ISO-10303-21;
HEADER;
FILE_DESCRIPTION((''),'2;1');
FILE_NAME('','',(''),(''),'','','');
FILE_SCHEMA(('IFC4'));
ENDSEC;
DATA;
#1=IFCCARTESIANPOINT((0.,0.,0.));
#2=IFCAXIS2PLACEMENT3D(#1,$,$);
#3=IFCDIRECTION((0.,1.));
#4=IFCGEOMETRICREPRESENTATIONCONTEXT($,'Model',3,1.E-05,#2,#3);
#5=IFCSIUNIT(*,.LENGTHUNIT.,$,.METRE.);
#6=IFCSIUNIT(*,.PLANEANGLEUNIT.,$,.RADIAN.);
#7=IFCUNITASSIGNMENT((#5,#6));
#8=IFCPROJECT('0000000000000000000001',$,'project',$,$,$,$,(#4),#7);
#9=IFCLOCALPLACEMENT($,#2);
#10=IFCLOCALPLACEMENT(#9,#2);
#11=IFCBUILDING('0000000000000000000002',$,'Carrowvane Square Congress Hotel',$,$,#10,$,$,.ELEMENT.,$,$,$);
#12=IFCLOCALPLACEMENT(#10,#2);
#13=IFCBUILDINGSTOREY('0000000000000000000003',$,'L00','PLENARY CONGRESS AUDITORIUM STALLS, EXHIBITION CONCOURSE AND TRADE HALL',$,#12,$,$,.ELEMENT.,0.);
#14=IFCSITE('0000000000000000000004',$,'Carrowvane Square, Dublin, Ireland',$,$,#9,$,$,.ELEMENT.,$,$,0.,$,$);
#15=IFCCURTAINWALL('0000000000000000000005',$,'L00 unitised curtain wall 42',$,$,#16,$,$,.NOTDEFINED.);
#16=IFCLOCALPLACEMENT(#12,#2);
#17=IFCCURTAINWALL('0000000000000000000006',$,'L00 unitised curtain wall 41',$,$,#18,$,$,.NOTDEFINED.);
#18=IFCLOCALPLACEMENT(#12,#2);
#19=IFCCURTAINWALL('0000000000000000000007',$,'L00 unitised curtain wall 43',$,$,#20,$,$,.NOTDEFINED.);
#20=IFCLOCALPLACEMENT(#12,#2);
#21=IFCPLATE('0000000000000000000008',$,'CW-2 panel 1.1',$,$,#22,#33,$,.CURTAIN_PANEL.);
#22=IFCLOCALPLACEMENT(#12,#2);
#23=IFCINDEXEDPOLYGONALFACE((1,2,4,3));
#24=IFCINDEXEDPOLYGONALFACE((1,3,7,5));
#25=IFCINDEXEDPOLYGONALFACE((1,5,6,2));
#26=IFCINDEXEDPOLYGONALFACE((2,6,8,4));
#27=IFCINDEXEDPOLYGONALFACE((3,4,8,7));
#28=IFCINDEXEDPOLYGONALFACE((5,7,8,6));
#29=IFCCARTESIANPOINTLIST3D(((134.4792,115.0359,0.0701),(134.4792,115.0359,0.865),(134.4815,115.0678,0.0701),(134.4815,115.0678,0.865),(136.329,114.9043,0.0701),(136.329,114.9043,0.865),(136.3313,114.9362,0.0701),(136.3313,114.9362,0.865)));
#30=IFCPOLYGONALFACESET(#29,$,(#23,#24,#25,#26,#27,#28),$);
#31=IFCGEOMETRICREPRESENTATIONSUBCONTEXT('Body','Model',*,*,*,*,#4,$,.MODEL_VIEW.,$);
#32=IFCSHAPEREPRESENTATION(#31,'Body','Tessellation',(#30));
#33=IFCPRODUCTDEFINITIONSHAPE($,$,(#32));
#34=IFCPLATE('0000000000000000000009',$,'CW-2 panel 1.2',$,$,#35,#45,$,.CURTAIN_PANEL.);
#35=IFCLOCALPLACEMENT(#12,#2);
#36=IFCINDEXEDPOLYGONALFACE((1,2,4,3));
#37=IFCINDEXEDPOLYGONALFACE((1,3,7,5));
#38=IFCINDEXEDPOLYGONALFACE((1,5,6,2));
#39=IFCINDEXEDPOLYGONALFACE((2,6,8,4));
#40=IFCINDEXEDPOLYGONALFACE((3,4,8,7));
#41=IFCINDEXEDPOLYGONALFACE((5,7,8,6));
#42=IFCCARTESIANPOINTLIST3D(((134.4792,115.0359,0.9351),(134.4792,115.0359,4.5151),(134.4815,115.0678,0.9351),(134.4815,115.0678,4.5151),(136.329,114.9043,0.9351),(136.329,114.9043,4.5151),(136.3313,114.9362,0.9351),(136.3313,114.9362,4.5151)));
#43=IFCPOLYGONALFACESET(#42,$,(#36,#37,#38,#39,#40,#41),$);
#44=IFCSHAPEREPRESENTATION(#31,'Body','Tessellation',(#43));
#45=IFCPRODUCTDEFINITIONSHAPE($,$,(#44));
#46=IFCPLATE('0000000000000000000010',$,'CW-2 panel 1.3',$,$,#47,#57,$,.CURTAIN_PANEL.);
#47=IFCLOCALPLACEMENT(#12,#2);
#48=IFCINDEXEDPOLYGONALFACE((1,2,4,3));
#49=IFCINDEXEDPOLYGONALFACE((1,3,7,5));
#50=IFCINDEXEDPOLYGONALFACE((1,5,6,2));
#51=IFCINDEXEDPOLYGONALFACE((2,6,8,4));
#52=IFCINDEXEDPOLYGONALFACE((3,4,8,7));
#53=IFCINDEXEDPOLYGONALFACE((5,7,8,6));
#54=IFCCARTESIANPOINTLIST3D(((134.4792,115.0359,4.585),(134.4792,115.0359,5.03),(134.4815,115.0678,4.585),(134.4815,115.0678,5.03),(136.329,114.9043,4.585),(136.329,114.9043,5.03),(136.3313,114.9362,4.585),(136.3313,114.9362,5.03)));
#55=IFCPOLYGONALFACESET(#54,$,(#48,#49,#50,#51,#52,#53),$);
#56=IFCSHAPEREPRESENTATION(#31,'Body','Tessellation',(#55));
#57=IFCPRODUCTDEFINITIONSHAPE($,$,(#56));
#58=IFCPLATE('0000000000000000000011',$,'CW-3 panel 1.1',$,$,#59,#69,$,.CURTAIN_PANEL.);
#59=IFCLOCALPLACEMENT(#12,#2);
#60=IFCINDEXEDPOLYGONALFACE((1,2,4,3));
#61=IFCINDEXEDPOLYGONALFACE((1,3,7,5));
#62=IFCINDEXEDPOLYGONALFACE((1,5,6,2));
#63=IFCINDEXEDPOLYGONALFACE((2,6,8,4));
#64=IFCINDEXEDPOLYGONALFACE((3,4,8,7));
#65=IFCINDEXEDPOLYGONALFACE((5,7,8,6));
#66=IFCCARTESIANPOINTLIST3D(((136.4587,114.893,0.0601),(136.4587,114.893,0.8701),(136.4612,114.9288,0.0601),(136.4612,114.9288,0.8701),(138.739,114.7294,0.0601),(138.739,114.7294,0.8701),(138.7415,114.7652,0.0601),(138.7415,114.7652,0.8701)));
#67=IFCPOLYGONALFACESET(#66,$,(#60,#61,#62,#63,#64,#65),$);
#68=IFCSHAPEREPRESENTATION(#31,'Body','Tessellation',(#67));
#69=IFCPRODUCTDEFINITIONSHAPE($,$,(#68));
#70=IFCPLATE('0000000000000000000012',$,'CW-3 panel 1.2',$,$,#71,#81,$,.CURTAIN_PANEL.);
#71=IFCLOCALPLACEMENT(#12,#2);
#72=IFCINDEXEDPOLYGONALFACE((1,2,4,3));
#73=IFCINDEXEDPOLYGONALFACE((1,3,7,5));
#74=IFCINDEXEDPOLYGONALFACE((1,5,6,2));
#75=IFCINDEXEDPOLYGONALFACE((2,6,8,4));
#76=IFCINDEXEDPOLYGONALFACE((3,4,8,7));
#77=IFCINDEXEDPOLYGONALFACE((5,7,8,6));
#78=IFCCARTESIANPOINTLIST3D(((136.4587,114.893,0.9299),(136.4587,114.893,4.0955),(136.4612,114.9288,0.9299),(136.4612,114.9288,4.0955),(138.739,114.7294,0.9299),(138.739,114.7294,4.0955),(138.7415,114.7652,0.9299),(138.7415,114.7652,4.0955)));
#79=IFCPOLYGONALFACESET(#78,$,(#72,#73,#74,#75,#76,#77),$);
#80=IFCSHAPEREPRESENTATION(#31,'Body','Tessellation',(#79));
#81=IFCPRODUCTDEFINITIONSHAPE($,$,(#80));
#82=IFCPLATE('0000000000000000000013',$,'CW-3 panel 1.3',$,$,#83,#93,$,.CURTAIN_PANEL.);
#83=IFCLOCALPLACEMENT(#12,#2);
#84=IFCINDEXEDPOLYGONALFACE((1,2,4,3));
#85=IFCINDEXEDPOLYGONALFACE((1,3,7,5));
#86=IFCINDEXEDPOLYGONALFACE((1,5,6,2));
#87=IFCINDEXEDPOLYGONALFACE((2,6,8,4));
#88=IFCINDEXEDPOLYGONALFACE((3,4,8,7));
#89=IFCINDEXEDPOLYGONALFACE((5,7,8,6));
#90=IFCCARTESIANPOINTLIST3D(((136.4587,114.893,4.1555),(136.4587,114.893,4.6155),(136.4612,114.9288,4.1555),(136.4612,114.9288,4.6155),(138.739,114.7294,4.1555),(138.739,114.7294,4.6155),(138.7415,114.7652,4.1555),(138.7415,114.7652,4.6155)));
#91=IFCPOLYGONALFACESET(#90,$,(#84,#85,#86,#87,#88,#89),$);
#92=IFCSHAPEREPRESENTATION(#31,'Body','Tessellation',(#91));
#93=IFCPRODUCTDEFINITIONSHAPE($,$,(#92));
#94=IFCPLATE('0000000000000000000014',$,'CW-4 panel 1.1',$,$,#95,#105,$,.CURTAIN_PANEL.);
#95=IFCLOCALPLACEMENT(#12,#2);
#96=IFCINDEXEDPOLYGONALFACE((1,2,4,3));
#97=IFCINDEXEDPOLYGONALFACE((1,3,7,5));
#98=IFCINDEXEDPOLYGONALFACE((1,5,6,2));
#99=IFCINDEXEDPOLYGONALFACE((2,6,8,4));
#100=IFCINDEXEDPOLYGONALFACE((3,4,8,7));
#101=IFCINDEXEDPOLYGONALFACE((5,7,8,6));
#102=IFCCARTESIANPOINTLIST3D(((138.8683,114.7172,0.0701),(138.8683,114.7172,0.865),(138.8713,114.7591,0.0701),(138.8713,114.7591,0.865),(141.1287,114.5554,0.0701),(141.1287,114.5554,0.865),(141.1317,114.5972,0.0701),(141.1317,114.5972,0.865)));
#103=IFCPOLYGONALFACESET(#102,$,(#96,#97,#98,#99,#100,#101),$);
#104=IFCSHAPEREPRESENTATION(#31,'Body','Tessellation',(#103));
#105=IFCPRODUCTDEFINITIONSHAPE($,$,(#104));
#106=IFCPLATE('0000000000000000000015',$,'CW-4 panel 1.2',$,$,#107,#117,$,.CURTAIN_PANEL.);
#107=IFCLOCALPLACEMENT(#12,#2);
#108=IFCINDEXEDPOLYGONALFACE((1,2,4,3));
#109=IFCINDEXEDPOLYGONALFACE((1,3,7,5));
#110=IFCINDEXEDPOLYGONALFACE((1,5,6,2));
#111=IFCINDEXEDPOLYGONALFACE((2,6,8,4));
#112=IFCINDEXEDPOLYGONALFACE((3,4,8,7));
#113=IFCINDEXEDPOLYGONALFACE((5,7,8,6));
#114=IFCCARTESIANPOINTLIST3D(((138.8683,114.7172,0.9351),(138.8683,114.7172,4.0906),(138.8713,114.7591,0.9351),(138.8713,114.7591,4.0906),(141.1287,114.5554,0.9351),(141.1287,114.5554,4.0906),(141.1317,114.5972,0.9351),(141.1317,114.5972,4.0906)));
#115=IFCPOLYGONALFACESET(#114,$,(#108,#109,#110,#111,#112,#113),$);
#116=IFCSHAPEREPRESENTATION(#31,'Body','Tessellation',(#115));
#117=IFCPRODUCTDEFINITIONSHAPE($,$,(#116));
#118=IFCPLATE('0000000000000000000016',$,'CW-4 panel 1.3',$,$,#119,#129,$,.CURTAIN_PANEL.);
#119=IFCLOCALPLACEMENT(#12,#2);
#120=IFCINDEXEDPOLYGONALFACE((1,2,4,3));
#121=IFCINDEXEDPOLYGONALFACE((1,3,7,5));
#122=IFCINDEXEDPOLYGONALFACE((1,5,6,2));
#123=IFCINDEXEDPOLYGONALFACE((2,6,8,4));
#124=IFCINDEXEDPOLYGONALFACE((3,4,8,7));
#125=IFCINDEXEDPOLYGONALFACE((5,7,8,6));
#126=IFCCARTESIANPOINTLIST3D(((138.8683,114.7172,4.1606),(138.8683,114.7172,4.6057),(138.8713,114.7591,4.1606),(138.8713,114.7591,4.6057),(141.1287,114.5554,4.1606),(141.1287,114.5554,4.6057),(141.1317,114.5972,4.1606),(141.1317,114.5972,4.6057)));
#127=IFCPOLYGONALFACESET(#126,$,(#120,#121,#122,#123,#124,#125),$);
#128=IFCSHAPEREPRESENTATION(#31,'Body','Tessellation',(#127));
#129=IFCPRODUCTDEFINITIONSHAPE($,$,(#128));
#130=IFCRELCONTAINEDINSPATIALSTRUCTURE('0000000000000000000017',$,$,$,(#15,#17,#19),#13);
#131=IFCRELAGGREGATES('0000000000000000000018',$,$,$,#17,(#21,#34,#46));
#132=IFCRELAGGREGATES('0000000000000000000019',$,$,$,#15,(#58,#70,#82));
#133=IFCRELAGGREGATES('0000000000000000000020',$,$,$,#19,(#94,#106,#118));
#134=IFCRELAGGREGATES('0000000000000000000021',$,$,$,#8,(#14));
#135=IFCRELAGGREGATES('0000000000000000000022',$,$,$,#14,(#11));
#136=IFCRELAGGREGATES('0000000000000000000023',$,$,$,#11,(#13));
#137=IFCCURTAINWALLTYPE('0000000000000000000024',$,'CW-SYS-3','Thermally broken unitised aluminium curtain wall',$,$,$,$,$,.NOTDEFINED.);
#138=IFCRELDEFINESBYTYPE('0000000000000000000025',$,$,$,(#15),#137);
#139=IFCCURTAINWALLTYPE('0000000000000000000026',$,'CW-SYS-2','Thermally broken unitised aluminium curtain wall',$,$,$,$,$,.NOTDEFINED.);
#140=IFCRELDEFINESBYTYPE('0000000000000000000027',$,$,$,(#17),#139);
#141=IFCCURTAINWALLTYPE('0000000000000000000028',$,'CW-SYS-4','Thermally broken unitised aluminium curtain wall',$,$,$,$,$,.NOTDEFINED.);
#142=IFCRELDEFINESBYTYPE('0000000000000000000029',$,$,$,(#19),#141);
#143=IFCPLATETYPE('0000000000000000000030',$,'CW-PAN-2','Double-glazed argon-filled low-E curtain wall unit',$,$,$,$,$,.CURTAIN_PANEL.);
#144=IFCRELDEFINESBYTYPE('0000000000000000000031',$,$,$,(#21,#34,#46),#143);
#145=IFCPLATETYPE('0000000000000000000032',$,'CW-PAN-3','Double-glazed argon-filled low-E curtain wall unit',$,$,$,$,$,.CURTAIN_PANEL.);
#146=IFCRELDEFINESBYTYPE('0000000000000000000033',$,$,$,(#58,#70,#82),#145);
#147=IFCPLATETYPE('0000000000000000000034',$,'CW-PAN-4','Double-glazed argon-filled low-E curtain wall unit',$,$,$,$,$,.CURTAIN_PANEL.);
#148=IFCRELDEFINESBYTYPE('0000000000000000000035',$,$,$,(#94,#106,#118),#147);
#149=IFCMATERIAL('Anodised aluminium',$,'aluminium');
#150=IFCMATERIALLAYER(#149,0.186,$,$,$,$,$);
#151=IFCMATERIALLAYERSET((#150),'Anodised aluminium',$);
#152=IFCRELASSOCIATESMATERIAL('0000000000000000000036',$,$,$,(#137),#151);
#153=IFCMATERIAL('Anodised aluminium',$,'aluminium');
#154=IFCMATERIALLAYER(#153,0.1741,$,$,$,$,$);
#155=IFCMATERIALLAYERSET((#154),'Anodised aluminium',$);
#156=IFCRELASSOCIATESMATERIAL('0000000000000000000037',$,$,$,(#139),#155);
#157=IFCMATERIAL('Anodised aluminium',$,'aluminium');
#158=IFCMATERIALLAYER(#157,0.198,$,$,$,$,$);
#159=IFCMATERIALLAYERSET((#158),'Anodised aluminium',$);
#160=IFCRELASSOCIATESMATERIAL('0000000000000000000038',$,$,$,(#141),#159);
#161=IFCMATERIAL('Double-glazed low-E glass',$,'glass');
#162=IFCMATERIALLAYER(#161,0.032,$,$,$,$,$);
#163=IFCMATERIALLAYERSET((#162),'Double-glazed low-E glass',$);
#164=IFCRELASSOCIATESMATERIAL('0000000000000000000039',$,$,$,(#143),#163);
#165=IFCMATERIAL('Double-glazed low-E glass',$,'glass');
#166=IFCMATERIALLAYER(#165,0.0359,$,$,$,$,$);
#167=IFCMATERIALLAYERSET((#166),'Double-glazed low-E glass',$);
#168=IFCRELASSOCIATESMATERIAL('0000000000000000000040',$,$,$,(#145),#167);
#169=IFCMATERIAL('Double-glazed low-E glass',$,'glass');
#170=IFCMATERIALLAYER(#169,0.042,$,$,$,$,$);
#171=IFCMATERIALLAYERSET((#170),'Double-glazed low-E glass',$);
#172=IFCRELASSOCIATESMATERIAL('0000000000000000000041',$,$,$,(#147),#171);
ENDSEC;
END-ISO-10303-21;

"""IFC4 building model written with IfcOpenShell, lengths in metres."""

from ifc_helpers import new_model, si_unit, direction, frame, origin, origin_2d, place, context, subcontext, project, spatial, rectangle, extrude, material, layer, layer_set, type_object, element, aggregate, save


model = new_model("IFC4")

# Units and contexts
model_context = context("Model", 3, precision=1e-05, world=origin(), true_north=direction((0.0, 1.0)))
body_context = subcontext(model_context, "Body", "Model", "MODEL_VIEW")
ifc_project = project(units=[si_unit("LENGTHUNIT", "METRE"), si_unit("PLANEANGLEUNIT", "RADIAN")], contexts=[model_context])

# Site, building, storey
site_placement = place(None, origin())
site = spatial("IfcSite", under=ifc_project, at=site_placement, Name="Carrowvane Square, Dublin, Ireland", CompositionType="ELEMENT", RefElevation=0.0)
building_placement = place(site_placement, origin())
building = spatial("IfcBuilding", under=site, at=building_placement, Name="Carrowvane Square Congress Hotel", CompositionType="ELEMENT")
storey_placement = place(building_placement, origin())
storey = spatial("IfcBuildingStorey", under=building, at=storey_placement, Name="L00", Description="PLENARY CONGRESS AUDITORIUM STALLS, EXHIBITION CONCOURSE AND TRADE HALL", CompositionType="ELEMENT", Elevation=0.0)

# Curtain wall
ifc_material_1 = material(Name="Anodised aluminium", Category="aluminium")
ifc_layer_1 = layer(ifc_material_1, 0.186)
ifc_layer_set_1 = layer_set([ifc_layer_1], Name="Anodised aluminium")
curtain_wall_type_1 = type_object("IfcCurtainWallType", Name="CW-SYS-3", Description="Thermally broken unitised aluminium curtain wall", PredefinedType="NOTDEFINED", material=ifc_layer_set_1)
curtain_wall_1_placement = place(storey_placement, origin())
curtain_wall_1 = element("IfcCurtainWall", 1, at=curtain_wall_1_placement, inside=storey, type_object=curtain_wall_type_1, Name="L00 unitised curtain wall 42", PredefinedType="NOTDEFINED")

# Curtain walls
ifc_material_2 = material(Name="Anodised aluminium", Category="aluminium")
ifc_layer_2 = layer(ifc_material_2, 0.1741)
ifc_layer_set_2 = layer_set([ifc_layer_2], Name="Anodised aluminium")
curtain_wall_type_2 = type_object("IfcCurtainWallType", Name="CW-SYS-2", Description="Thermally broken unitised aluminium curtain wall", PredefinedType="NOTDEFINED", material=ifc_layer_set_2)
curtain_wall_2_placement = place(storey_placement, origin())
curtain_wall_2 = element("IfcCurtainWall", 2, at=curtain_wall_2_placement, inside=storey, type_object=curtain_wall_type_2, Name="L00 unitised curtain wall 41", PredefinedType="NOTDEFINED")
ifc_material_3 = material(Name="Anodised aluminium", Category="aluminium")
ifc_layer_3 = layer(ifc_material_3, 0.198)
ifc_layer_set_3 = layer_set([ifc_layer_3], Name="Anodised aluminium")
curtain_wall_type_3 = type_object("IfcCurtainWallType", Name="CW-SYS-4", Description="Thermally broken unitised aluminium curtain wall", PredefinedType="NOTDEFINED", material=ifc_layer_set_3)
curtain_wall_3_placement = place(storey_placement, origin())
curtain_wall_3 = element("IfcCurtainWall", 3, at=curtain_wall_3_placement, inside=storey, type_object=curtain_wall_type_3, Name="L00 unitised curtain wall 43", PredefinedType="NOTDEFINED")

# Plates
ifc_material_4 = material(Name="Double-glazed low-E glass", Category="glass")
ifc_layer_4 = layer(ifc_material_4, 0.032)
ifc_layer_set_4 = layer_set([ifc_layer_4], Name="Double-glazed low-E glass")
plate_type_1 = type_object("IfcPlateType", Name="CW-PAN-2", Description="Double-glazed argon-filled low-E curtain wall unit", PredefinedType="CURTAIN_PANEL", material=ifc_layer_set_4)
plate_1_placement = place(storey_placement, frame((135.4053, 114.9861, 0.0701), z_axis=(0.0, 0.0, 1.0), x_axis=(0.997479, -0.07096, 0.0)))
plate_1 = element("IfcPlate", 4, at=plate_1_placement, type_object=plate_type_1, Name="CW-2 panel 1.1", PredefinedType="CURTAIN_PANEL", context=body_context, shape_type="SweptSolid", body=[
    extrude(rectangle(XDim=1.8545, YDim=0.032, at=origin_2d()), origin(), (0.0, 0.0, 1.0), 0.7949),
])
plate_2_placement = place(storey_placement, frame((135.4053, 114.9861, 0.9351), z_axis=(0.0, 0.0, 1.0), x_axis=(0.997479, -0.07096, 0.0)))
plate_2 = element("IfcPlate", 5, at=plate_2_placement, type_object=plate_type_1, Name="CW-2 panel 1.2", PredefinedType="CURTAIN_PANEL", context=body_context, shape_type="SweptSolid", body=[
    extrude(rectangle(XDim=1.8545, YDim=0.032, at=origin_2d()), origin(), (0.0, 0.0, 1.0), 3.5801),
])
plate_3_placement = place(storey_placement, frame((135.4053, 114.9861, 4.585), z_axis=(0.0, 0.0, 1.0), x_axis=(0.997479, -0.07096, 0.0)))
plate_3 = element("IfcPlate", 6, at=plate_3_placement, type_object=plate_type_1, Name="CW-2 panel 1.3", PredefinedType="CURTAIN_PANEL", context=body_context, shape_type="SweptSolid", body=[
    extrude(rectangle(XDim=1.8545, YDim=0.032, at=origin_2d()), origin(), (0.0, 0.0, 1.0), 0.4451),
])
aggregate(curtain_wall_2, [plate_1, plate_2, plate_3])
ifc_material_5 = material(Name="Double-glazed low-E glass", Category="glass")
ifc_layer_5 = layer(ifc_material_5, 0.0359)
ifc_layer_set_5 = layer_set([ifc_layer_5], Name="Double-glazed low-E glass")
plate_type_2 = type_object("IfcPlateType", Name="CW-PAN-3", Description="Double-glazed argon-filled low-E curtain wall unit", PredefinedType="CURTAIN_PANEL", material=ifc_layer_set_5)
plate_4_placement = place(storey_placement, frame((137.6001, 114.8291, 0.0601), z_axis=(0.0, 0.0, 1.0), x_axis=(0.997438, -0.071532, 0.0)))
plate_4 = element("IfcPlate", 7, at=plate_4_placement, type_object=plate_type_2, Name="CW-3 panel 1.1", PredefinedType="CURTAIN_PANEL", context=body_context, shape_type="SweptSolid", body=[
    extrude(rectangle(XDim=2.2861, YDim=0.0359, at=origin_2d()), origin(), (0.0, 0.0, 1.0), 0.8101),
])
plate_5_placement = place(storey_placement, frame((137.6001, 114.8291, 0.9299), z_axis=(0.0, 0.0, 1.0), x_axis=(0.997438, -0.071532, 0.0)))
plate_5 = element("IfcPlate", 8, at=plate_5_placement, type_object=plate_type_2, Name="CW-3 panel 1.2", PredefinedType="CURTAIN_PANEL", context=body_context, shape_type="SweptSolid", body=[
    extrude(rectangle(XDim=2.2861, YDim=0.0359, at=origin_2d()), origin(), (0.0, 0.0, 1.0), 3.1655),
])
plate_6_placement = place(storey_placement, frame((137.6001, 114.8291, 4.1555), z_axis=(0.0, 0.0, 1.0), x_axis=(0.997438, -0.071532, 0.0)))
plate_6 = element("IfcPlate", 9, at=plate_6_placement, type_object=plate_type_2, Name="CW-3 panel 1.3", PredefinedType="CURTAIN_PANEL", context=body_context, shape_type="SweptSolid", body=[
    extrude(rectangle(XDim=2.2861, YDim=0.0359, at=origin_2d()), origin(), (0.0, 0.0, 1.0), 0.46),
])
aggregate(curtain_wall_1, [plate_4, plate_5, plate_6])
ifc_material_6 = material(Name="Double-glazed low-E glass", Category="glass")
ifc_layer_6 = layer(ifc_material_6, 0.042)
ifc_layer_set_6 = layer_set([ifc_layer_6], Name="Double-glazed low-E glass")
plate_type_3 = type_object("IfcPlateType", Name="CW-PAN-4", Description="Double-glazed argon-filled low-E curtain wall unit", PredefinedType="CURTAIN_PANEL", material=ifc_layer_set_6)
plate_7_placement = place(storey_placement, frame((140.0, 114.6572, 0.0701), z_axis=(0.0, 0.0, 1.0), x_axis=(0.997446, -0.071422, 0.0)))
plate_7 = element("IfcPlate", 10, at=plate_7_placement, type_object=plate_type_3, Name="CW-4 panel 1.1", PredefinedType="CURTAIN_PANEL", context=body_context, shape_type="SweptSolid", body=[
    extrude(rectangle(XDim=2.2661, YDim=0.042, at=origin_2d()), origin(), (0.0, 0.0, 1.0), 0.7949),
])
plate_8_placement = place(storey_placement, frame((140.0, 114.6572, 0.9351), z_axis=(0.0, 0.0, 1.0), x_axis=(0.997446, -0.071422, 0.0)))
plate_8 = element("IfcPlate", 11, at=plate_8_placement, type_object=plate_type_3, Name="CW-4 panel 1.2", PredefinedType="CURTAIN_PANEL", context=body_context, shape_type="SweptSolid", body=[
    extrude(rectangle(XDim=2.2661, YDim=0.042, at=origin_2d()), origin(), (0.0, 0.0, 1.0), 3.1555),
])
plate_9_placement = place(storey_placement, frame((140.0, 114.6572, 4.1606), z_axis=(0.0, 0.0, 1.0), x_axis=(0.997446, -0.071422, 0.0)))
plate_9 = element("IfcPlate", 12, at=plate_9_placement, type_object=plate_type_3, Name="CW-4 panel 1.3", PredefinedType="CURTAIN_PANEL", context=body_context, shape_type="SweptSolid", body=[
    extrude(rectangle(XDim=2.2661, YDim=0.042, at=origin_2d()), origin(), (0.0, 0.0, 1.0), 0.4451),
])
aggregate(curtain_wall_3, [plate_7, plate_8, plate_9])

save(model, "model.ifc")
